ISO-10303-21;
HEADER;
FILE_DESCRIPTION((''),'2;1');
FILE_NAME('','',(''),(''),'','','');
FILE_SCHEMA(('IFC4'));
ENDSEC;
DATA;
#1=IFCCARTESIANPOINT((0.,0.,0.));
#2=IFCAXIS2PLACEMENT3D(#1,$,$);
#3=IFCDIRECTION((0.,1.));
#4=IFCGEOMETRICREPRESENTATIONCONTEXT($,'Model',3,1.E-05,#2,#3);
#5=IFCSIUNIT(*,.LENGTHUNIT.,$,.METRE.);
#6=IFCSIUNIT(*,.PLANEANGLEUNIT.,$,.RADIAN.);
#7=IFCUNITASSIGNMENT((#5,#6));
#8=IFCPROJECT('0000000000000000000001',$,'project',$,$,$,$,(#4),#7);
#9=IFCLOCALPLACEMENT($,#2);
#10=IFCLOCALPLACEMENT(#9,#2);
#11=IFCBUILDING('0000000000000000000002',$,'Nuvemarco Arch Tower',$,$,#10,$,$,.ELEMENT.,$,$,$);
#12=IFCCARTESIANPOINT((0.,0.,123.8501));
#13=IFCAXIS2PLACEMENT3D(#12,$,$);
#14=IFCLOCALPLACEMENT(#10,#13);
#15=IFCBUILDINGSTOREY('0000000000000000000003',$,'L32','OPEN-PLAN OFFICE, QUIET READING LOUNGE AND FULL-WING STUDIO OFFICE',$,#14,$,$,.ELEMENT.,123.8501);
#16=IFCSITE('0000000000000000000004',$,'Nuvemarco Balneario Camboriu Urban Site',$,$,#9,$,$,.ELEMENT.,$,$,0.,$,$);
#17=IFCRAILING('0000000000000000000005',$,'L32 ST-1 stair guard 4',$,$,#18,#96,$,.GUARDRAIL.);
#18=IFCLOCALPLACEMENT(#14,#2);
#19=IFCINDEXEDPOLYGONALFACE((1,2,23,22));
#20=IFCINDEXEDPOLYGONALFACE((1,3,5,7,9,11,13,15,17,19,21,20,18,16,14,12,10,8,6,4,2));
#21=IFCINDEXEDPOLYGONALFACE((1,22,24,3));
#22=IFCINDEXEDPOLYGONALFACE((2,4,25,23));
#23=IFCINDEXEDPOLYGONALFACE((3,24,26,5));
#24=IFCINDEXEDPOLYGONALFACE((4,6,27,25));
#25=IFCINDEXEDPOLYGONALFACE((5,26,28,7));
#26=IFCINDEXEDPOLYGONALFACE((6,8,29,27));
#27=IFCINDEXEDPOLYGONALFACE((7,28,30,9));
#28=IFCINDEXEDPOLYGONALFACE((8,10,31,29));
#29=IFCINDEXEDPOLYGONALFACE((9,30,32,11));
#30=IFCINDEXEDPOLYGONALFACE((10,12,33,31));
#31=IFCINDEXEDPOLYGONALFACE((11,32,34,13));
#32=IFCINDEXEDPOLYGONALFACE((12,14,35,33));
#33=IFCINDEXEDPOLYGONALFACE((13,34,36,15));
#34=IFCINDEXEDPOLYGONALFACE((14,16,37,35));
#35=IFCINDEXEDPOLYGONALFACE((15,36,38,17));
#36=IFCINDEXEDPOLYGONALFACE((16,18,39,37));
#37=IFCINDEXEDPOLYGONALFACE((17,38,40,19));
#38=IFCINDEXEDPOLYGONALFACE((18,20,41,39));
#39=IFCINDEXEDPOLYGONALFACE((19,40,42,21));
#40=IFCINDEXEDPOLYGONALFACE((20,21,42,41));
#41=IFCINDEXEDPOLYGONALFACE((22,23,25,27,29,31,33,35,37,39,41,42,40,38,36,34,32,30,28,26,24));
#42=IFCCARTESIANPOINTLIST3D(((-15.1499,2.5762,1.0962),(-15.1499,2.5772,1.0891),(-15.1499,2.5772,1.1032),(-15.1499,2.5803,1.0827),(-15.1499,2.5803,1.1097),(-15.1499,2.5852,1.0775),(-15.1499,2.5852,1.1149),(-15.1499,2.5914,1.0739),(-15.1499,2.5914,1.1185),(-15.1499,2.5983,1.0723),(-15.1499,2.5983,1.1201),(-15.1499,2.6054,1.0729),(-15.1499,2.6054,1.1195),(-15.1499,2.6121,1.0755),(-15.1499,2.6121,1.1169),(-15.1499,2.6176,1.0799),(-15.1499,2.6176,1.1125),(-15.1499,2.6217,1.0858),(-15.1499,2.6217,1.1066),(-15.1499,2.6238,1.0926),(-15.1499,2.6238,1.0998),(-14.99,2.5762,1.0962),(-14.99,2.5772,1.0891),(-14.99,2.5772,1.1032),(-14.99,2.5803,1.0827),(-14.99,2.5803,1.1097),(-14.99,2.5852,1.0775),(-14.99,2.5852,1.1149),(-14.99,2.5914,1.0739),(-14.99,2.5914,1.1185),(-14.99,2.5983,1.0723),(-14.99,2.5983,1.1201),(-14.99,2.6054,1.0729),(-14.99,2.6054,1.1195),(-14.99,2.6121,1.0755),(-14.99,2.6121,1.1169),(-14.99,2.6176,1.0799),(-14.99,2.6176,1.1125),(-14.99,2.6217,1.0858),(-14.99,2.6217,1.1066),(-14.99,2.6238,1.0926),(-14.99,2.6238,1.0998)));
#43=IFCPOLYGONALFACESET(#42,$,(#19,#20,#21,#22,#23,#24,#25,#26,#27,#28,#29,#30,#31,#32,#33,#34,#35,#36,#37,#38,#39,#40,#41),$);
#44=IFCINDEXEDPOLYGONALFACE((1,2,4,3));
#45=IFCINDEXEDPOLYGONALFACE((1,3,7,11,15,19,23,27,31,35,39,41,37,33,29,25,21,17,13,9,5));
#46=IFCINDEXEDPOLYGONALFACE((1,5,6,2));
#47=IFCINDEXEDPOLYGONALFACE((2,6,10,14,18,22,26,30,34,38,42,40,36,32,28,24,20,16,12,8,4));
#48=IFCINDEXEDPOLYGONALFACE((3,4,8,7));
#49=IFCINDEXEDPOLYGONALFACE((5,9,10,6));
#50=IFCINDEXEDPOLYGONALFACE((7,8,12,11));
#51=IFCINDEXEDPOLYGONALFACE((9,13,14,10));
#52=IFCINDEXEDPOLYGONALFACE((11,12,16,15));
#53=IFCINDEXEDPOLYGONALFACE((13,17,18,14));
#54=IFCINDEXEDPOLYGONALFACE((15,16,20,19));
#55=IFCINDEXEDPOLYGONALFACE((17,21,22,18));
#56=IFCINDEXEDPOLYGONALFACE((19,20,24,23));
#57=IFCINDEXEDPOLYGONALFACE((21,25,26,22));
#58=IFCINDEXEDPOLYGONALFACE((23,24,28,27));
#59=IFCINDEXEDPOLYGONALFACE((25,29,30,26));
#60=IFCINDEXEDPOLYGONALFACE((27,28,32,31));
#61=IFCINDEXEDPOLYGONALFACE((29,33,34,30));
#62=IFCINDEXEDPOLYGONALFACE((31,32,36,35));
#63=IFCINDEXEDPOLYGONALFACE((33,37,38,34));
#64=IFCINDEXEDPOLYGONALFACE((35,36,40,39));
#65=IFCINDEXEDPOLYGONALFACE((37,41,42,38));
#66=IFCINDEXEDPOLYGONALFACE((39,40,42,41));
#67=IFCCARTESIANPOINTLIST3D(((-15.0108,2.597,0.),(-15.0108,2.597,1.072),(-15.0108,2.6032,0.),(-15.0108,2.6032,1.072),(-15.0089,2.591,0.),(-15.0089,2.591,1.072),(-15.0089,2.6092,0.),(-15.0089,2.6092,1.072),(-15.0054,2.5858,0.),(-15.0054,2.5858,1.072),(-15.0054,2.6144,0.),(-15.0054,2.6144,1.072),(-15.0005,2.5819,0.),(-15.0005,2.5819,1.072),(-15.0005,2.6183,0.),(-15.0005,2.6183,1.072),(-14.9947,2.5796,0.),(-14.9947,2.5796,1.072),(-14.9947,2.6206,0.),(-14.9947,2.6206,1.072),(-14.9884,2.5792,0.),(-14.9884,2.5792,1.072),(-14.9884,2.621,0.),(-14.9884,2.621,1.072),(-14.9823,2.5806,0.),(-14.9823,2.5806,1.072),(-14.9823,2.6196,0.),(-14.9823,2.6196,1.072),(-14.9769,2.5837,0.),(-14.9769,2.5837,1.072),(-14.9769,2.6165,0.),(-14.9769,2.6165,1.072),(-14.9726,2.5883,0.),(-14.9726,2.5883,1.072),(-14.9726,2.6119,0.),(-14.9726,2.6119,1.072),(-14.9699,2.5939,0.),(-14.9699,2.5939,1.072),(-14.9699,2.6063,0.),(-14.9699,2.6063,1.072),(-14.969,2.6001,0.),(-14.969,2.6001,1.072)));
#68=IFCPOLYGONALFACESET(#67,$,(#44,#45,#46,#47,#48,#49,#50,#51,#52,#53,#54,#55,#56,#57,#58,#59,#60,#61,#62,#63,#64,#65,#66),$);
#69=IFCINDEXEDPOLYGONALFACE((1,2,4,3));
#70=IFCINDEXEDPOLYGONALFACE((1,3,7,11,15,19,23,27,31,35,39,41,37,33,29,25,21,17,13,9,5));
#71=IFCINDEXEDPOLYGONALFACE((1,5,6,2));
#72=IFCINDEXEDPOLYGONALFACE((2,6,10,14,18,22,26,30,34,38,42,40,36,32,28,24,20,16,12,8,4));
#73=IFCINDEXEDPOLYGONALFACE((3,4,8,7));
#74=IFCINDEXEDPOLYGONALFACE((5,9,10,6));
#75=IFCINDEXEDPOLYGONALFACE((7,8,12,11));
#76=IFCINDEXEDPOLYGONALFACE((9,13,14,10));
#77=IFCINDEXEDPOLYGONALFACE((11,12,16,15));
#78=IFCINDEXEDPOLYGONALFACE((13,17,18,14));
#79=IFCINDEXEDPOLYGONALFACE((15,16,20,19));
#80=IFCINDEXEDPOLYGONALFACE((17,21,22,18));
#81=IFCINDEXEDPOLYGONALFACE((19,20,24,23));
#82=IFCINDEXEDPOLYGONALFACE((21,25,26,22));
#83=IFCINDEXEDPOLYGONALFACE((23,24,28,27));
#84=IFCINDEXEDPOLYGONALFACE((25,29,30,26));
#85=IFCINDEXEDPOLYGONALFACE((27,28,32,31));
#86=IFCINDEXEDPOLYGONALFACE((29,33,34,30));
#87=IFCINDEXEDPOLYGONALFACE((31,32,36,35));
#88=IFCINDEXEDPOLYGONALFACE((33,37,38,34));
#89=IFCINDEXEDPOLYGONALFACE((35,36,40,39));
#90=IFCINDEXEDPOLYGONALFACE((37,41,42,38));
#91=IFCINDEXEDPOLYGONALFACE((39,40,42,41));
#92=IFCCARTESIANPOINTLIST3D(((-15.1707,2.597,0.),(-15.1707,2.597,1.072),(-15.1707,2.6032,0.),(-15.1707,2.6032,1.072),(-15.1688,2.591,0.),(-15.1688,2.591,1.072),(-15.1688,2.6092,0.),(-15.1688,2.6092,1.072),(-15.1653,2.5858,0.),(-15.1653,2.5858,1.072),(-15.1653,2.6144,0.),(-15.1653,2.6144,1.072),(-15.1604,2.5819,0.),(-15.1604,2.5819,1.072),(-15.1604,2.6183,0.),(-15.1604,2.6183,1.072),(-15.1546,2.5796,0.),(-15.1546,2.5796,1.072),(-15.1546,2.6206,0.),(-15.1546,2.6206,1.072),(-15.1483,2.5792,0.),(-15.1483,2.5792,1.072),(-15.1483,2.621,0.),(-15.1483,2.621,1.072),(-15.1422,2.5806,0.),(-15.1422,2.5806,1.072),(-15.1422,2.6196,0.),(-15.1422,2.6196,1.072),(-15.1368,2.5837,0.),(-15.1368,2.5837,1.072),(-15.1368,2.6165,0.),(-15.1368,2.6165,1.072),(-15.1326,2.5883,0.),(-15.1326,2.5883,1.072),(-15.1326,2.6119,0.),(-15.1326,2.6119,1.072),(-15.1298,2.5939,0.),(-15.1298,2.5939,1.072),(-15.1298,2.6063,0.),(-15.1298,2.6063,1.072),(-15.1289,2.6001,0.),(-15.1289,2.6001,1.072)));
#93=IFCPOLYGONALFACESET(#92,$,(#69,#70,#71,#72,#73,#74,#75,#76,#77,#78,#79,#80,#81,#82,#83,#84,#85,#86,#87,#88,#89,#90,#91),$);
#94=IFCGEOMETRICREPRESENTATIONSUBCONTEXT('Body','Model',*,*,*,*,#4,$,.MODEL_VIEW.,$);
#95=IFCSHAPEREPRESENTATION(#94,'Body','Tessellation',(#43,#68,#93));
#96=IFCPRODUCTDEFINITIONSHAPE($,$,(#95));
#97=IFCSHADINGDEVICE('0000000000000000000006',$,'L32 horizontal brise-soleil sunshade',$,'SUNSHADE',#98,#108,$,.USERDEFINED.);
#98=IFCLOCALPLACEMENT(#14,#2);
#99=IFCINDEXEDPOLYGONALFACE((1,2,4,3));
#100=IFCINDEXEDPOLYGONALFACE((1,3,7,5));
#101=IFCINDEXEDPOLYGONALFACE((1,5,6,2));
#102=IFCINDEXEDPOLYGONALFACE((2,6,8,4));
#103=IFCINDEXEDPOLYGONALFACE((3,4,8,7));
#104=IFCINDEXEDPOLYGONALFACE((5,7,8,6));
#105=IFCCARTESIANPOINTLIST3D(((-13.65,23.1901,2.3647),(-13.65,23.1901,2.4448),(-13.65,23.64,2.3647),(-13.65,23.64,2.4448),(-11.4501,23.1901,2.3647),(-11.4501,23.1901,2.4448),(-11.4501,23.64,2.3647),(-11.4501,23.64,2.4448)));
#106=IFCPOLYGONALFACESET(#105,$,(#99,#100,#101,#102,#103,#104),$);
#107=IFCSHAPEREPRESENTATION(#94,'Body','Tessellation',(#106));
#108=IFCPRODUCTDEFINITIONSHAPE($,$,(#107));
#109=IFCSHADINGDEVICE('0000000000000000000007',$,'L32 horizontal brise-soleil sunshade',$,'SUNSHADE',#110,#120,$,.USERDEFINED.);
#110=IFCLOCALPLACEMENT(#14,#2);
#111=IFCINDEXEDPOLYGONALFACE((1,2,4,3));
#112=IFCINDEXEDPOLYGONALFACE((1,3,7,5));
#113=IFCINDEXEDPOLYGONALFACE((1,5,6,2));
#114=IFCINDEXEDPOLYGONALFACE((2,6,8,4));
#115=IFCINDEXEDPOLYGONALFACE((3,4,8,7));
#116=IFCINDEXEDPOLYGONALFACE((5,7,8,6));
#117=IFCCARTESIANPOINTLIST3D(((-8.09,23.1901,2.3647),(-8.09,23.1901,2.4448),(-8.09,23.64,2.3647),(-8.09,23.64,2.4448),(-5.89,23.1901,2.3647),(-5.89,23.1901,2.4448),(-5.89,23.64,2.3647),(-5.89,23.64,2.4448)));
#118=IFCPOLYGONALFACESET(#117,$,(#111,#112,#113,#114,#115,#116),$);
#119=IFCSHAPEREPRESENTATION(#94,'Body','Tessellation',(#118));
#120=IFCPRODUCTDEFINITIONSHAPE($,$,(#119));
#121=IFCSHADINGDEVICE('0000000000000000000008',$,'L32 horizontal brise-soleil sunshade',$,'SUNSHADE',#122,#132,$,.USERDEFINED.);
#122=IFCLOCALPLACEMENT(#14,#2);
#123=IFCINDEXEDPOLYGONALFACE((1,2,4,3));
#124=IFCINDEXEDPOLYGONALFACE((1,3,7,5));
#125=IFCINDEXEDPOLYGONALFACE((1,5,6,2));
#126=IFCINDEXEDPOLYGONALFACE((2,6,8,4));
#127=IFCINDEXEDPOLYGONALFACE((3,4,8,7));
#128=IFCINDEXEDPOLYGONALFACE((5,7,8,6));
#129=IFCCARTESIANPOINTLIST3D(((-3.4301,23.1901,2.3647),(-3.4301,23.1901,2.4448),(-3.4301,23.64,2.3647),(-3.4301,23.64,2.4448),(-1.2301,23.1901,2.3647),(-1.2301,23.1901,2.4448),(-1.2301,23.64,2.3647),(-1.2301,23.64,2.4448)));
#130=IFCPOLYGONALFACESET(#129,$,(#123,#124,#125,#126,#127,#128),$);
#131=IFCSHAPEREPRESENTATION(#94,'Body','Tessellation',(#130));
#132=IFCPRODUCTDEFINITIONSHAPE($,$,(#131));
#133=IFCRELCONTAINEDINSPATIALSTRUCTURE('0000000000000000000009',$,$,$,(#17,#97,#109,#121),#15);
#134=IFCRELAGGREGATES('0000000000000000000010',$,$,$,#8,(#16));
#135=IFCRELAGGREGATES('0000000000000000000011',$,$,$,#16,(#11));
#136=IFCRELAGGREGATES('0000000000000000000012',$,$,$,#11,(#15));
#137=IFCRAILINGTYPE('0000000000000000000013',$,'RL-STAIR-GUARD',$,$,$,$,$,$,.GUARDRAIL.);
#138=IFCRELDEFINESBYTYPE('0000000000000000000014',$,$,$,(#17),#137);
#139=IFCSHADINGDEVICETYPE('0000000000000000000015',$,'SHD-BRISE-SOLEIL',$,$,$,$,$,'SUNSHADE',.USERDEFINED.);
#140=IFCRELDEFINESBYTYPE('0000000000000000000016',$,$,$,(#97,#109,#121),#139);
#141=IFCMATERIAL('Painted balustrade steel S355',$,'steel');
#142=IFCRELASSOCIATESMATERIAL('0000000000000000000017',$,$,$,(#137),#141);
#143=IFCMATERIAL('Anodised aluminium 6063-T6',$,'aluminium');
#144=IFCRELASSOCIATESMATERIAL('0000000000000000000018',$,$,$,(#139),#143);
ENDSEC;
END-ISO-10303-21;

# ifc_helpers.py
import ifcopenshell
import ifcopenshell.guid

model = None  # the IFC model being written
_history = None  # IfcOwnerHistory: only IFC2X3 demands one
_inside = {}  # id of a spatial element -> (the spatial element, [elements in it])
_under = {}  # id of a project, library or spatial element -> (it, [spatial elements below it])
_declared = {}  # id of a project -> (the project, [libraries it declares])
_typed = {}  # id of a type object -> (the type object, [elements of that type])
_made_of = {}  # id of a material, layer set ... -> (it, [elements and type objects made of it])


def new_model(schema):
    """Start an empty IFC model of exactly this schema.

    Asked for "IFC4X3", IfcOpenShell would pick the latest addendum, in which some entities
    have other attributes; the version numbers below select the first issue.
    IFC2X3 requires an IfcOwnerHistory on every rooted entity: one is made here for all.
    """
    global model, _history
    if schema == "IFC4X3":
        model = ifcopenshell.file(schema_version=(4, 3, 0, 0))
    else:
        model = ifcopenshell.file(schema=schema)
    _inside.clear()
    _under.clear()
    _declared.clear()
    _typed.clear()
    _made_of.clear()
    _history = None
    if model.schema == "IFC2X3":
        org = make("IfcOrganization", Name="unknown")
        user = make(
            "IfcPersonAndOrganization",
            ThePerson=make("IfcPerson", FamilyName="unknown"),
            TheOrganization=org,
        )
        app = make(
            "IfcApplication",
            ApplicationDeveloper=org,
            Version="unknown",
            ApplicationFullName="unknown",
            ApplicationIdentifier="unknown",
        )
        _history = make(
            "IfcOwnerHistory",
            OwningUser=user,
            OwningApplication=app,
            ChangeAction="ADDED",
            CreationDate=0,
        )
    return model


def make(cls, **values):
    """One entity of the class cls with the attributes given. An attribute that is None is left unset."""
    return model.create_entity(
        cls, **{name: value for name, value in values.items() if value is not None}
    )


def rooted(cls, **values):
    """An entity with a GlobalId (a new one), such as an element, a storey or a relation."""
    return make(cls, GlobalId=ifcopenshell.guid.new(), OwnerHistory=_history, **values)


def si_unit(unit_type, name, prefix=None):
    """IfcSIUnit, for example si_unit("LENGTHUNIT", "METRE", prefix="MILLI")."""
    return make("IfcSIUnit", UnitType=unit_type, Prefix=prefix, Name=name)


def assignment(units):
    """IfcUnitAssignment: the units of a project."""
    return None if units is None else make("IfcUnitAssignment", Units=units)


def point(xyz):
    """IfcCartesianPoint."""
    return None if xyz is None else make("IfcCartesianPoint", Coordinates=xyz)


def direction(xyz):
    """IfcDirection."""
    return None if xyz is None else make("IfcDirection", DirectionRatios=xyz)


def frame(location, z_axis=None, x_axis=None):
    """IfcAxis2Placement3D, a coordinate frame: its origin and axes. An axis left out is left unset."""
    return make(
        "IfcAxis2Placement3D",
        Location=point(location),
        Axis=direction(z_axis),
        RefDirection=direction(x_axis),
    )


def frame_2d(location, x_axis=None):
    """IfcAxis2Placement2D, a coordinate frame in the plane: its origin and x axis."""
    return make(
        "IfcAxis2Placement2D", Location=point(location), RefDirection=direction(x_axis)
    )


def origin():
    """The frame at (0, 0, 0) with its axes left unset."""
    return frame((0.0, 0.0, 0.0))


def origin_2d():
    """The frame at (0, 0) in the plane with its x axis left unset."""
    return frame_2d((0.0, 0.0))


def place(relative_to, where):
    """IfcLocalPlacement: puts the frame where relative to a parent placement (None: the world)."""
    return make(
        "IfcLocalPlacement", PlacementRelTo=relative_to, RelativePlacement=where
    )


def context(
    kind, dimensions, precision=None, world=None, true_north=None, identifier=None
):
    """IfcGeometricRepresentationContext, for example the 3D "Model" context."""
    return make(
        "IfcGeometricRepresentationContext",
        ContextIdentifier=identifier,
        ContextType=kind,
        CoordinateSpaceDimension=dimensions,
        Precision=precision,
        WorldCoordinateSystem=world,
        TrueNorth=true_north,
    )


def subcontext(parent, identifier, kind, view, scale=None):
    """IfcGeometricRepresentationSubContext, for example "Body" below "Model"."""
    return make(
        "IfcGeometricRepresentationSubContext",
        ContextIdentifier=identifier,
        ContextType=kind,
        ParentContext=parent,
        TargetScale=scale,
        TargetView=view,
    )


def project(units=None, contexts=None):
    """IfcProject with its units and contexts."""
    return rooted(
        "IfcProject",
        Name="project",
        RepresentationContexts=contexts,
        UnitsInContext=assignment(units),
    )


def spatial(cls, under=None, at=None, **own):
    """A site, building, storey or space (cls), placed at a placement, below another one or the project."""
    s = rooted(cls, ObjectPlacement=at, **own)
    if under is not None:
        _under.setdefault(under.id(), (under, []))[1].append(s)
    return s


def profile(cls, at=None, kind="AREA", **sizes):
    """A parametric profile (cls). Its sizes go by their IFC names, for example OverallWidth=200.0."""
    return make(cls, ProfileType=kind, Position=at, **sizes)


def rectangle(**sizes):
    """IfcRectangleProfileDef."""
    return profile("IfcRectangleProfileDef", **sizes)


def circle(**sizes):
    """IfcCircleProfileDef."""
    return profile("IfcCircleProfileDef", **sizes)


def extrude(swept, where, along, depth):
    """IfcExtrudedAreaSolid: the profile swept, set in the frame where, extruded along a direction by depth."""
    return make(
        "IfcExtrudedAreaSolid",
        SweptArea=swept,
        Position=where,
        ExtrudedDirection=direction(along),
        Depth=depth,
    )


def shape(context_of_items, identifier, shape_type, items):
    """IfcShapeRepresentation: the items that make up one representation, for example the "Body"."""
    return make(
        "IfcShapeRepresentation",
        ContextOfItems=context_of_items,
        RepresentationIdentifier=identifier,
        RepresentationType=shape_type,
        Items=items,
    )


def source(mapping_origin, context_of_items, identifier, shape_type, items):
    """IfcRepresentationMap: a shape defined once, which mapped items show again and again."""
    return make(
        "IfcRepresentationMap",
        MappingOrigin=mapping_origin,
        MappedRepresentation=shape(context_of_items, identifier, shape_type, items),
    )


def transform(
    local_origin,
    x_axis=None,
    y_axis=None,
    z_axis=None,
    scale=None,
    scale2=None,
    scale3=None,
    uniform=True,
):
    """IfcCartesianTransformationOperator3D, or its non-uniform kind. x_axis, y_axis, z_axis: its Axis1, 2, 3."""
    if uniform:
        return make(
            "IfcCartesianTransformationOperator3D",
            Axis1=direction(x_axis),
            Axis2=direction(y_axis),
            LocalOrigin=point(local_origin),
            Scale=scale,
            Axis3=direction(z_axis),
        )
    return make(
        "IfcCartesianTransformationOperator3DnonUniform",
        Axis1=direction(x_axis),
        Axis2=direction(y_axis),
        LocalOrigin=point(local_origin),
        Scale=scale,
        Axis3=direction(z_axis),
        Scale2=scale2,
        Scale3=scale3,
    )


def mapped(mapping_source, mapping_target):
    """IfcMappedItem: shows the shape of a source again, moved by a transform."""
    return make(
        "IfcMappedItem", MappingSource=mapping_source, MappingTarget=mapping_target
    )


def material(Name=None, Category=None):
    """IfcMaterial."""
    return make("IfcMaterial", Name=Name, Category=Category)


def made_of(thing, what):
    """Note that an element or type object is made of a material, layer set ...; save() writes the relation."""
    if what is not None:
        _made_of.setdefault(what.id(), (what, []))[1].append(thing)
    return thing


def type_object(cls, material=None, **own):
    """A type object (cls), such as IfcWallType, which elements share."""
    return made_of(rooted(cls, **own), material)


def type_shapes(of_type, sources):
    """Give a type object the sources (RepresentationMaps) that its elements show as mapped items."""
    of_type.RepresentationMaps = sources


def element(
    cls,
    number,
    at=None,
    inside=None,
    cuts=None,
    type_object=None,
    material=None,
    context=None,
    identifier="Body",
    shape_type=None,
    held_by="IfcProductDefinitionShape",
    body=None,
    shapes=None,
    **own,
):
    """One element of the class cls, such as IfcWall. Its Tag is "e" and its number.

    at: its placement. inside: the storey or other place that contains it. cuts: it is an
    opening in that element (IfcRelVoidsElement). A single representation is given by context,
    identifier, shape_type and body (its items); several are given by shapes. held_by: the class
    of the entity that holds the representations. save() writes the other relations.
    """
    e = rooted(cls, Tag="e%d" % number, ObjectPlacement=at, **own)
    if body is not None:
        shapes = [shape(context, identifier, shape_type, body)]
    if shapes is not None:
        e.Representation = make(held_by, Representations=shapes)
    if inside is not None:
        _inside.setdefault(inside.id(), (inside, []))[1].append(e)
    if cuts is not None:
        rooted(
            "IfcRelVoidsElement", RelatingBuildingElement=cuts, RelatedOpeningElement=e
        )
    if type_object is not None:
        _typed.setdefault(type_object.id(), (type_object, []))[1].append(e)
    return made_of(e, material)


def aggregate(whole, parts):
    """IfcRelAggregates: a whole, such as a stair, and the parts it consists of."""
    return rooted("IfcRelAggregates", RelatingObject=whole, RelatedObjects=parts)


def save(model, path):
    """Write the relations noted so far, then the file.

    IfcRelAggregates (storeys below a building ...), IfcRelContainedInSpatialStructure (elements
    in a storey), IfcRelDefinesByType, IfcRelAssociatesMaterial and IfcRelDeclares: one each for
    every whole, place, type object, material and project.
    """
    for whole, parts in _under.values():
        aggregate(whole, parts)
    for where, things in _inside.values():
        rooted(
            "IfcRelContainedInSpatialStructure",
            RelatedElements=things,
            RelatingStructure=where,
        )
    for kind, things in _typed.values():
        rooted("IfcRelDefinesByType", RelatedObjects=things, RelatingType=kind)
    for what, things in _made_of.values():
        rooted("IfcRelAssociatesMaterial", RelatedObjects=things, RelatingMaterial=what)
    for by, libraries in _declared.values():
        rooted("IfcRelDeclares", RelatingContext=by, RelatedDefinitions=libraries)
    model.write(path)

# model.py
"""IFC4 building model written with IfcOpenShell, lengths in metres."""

from ifc_helpers import new_model, si_unit, direction, frame, origin, origin_2d, place, context, subcontext, project, spatial, rectangle, circle, extrude, source, transform, mapped, material, type_object, type_shapes, element, save


model = new_model("IFC4")

# Units and contexts
model_context = context("Model", 3, precision=1e-05, world=origin(), true_north=direction((0.0, 1.0)))
body_context = subcontext(model_context, "Body", "Model", "MODEL_VIEW")
ifc_project = project(units=[si_unit("LENGTHUNIT", "METRE"), si_unit("PLANEANGLEUNIT", "RADIAN")], contexts=[model_context])

# Site, building, storey
site_placement = place(None, origin())
site = spatial("IfcSite", under=ifc_project, at=site_placement, Name="Nuvemarco Balneario Camboriu Urban Site", CompositionType="ELEMENT", RefElevation=0.0)
building_placement = place(site_placement, origin())
building = spatial("IfcBuilding", under=site, at=building_placement, Name="Nuvemarco Arch Tower", CompositionType="ELEMENT")
storey_placement = place(building_placement, frame((0.0, 0.0, 123.8501)))
storey = spatial("IfcBuildingStorey", under=building, at=storey_placement, Name="L32", Description="OPEN-PLAN OFFICE, QUIET READING LOUNGE AND FULL-WING STUDIO OFFICE", CompositionType="ELEMENT", Elevation=123.8501)

# Railing
ifc_material_1 = material(Name="Painted balustrade steel S355", Category="steel")
railing_type_1 = type_object("IfcRailingType", Name="RL-STAIR-GUARD", PredefinedType="GUARDRAIL", material=ifc_material_1)
railing_1_placement = place(storey_placement, frame((-14.99, 2.6001, 0.0)))
element("IfcRailing", 1, at=railing_1_placement, inside=storey, type_object=railing_type_1, Name="L32 ST-1 stair guard 4", PredefinedType="GUARDRAIL", context=body_context, shape_type="SweptSolid", body=[
    extrude(circle(Radius=0.0239, at=origin_2d()), frame((0.0, 0.0, 1.0962), z_axis=(-1.0, 0.0, 0.0), x_axis=(0.0, -1.0, 0.0)), (0.0, 0.0, 1.0), 0.1599),
    extrude(circle(Radius=0.021, at=origin_2d()), origin(), (0.0, 0.0, 1.0), 1.072),
    extrude(circle(Radius=0.021, at=origin_2d()), frame((-0.1599, 0.0, 0.0)), (0.0, 0.0, 1.0), 1.072),
])

# Shading devices
ifc_material_2 = material(Name="Anodised aluminium 6063-T6", Category="aluminium")
shading_device_type = type_object("IfcShadingDeviceType", Name="SHD-BRISE-SOLEIL", ElementType="SUNSHADE", PredefinedType="USERDEFINED", material=ifc_material_2)
shared_shape_1 = source(origin(), body_context, "Body", "SweptSolid", [
    extrude(rectangle(XDim=2.2, YDim=0.45, at=origin_2d()), origin(), (0.0, 0.0, 1.0), 0.0801),
])
type_shapes(shading_device_type, [shared_shape_1])
for number, where, z_axis, x_axis, name in (
    (2, (-12.55, 23.415, 2.3647), (0.0, 0.0, 1.0), (1.0, 0.0, 0.0), "L32 horizontal brise-soleil sunshade"),
    (3, (-6.99, 23.415, 2.3647), (0.0, 0.0, 1.0), (1.0, 0.0, 0.0), "L32 horizontal brise-soleil sunshade"),
    (4, (-2.3301, 23.415, 2.3647), (0.0, 0.0, 1.0), (1.0, 0.0, 0.0), "L32 horizontal brise-soleil sunshade"),
):
    element("IfcShadingDevice", number, at=place(storey_placement, frame(where, z_axis=z_axis, x_axis=x_axis)), inside=storey, type_object=shading_device_type, Name=name, ObjectType="SUNSHADE", PredefinedType="USERDEFINED", context=body_context, shape_type="MappedRepresentation", body=[
        mapped(shared_shape_1, transform((0.0, 0.0, 0.0), scale=1.0)),
    ])

save(model, "model.ifc")
